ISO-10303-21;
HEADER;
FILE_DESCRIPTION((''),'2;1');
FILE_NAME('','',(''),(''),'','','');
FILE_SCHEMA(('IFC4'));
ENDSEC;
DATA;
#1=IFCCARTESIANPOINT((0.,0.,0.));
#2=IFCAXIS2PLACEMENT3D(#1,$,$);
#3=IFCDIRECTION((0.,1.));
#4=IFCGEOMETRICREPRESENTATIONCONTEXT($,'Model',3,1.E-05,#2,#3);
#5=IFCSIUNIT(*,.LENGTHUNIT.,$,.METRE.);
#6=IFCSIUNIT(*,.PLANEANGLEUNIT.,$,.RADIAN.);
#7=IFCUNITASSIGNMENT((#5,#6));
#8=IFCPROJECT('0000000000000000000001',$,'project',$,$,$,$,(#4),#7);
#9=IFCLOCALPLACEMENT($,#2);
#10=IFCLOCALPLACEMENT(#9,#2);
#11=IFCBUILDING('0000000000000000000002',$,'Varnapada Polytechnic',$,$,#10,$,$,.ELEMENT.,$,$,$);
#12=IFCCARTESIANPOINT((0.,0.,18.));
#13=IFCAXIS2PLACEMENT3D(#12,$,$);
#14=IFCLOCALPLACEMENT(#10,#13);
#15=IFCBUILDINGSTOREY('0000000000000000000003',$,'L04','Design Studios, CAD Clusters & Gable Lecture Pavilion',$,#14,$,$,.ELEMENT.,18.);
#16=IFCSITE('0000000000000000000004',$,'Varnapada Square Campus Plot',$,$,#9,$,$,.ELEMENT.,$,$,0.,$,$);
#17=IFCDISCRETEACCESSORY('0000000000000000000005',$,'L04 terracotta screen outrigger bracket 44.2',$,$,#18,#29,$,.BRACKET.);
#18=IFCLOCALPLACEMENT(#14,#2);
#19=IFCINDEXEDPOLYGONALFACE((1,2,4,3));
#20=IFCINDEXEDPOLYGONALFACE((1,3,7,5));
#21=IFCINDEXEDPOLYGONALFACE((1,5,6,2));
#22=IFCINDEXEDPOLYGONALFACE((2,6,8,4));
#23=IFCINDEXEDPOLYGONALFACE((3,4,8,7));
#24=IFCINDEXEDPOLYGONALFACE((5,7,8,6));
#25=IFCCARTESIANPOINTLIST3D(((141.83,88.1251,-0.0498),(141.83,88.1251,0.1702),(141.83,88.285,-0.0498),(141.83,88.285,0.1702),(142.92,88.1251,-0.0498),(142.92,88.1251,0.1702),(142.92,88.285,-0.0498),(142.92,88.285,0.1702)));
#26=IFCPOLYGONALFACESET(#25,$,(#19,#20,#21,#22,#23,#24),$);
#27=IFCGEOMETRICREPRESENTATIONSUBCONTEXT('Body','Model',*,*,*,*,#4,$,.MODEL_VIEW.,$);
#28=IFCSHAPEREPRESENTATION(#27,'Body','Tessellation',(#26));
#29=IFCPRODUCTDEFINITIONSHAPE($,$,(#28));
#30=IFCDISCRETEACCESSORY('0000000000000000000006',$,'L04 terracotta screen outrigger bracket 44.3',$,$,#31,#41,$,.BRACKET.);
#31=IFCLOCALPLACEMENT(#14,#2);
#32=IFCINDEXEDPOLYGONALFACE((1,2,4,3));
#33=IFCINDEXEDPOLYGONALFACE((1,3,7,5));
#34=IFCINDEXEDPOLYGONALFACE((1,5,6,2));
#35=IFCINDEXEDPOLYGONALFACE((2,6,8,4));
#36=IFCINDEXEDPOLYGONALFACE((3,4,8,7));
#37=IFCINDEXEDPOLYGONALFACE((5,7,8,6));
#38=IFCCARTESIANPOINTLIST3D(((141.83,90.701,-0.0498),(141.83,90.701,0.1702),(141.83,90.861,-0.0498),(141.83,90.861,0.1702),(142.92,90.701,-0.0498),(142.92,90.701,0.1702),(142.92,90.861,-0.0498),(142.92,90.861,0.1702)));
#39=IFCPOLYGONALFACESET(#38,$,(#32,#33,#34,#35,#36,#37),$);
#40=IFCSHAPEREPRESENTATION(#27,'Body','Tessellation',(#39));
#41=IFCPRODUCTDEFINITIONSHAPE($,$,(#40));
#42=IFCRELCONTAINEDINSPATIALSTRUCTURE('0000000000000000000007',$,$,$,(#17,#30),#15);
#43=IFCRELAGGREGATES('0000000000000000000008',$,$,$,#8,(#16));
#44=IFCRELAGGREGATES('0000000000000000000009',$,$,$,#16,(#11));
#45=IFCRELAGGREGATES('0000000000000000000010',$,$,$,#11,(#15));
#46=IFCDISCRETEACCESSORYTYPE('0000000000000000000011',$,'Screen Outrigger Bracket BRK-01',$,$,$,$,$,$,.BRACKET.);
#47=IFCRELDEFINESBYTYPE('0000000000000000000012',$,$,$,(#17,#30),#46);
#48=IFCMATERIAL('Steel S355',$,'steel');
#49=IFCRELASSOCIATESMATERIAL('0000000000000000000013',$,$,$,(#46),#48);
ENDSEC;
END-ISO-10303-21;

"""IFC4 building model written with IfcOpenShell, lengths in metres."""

from ifc_helpers import new_model, si_unit, direction, frame, origin, origin_2d, place, context, subcontext, project, spatial, rectangle, extrude, material, type_object, element, save


model = new_model("IFC4")

# Units and contexts
model_context = context("Model", 3, precision=1e-05, world=origin(), true_north=direction((0.0, 1.0)))
body_context = subcontext(model_context, "Body", "Model", "MODEL_VIEW")
ifc_project = project(units=[si_unit("LENGTHUNIT", "METRE"), si_unit("PLANEANGLEUNIT", "RADIAN")], contexts=[model_context])

# Site, building, storey
site_placement = place(None, origin())
site = spatial("IfcSite", under=ifc_project, at=site_placement, Name="Varnapada Square Campus Plot", CompositionType="ELEMENT", RefElevation=0.0)
building_placement = place(site_placement, origin())
building = spatial("IfcBuilding", under=site, at=building_placement, Name="Varnapada Polytechnic", CompositionType="ELEMENT")
storey_placement = place(building_placement, frame((0.0, 0.0, 18.0)))
storey = spatial("IfcBuildingStorey", under=building, at=storey_placement, Name="L04", Description="Design Studios, CAD Clusters & Gable Lecture Pavilion", CompositionType="ELEMENT", Elevation=18.0)

# Shared definitions
ifc_material_1 = material(Name="Steel S355", Category="steel")

# Discrete accessories
discrete_accessory_type = type_object("IfcDiscreteAccessoryType", Name="Screen Outrigger Bracket BRK-01", PredefinedType="BRACKET", material=ifc_material_1)
for number, where, z_axis, x_axis, name in (
    (1, (142.375, 88.2051, -0.0498), (0.0, 0.0, 1.0), (0.0, 1.0, 0.0), "L04 terracotta screen outrigger bracket 44.2"),
    (2, (142.375, 90.781, -0.0498), (0.0, 0.0, 1.0), (0.0, 1.0, 0.0), "L04 terracotta screen outrigger bracket 44.3"),
):
    element("IfcDiscreteAccessory", number, at=place(storey_placement, frame(where, z_axis=z_axis, x_axis=x_axis)), inside=storey, type_object=discrete_accessory_type, Name=name, PredefinedType="BRACKET", context=body_context, shape_type="SweptSolid", body=[
        extrude(rectangle(XDim=0.1599, YDim=1.0901, at=origin_2d()), origin(), (0.0, 0.0, 1.0), 0.22),
    ])

save(model, "model.ifc")
